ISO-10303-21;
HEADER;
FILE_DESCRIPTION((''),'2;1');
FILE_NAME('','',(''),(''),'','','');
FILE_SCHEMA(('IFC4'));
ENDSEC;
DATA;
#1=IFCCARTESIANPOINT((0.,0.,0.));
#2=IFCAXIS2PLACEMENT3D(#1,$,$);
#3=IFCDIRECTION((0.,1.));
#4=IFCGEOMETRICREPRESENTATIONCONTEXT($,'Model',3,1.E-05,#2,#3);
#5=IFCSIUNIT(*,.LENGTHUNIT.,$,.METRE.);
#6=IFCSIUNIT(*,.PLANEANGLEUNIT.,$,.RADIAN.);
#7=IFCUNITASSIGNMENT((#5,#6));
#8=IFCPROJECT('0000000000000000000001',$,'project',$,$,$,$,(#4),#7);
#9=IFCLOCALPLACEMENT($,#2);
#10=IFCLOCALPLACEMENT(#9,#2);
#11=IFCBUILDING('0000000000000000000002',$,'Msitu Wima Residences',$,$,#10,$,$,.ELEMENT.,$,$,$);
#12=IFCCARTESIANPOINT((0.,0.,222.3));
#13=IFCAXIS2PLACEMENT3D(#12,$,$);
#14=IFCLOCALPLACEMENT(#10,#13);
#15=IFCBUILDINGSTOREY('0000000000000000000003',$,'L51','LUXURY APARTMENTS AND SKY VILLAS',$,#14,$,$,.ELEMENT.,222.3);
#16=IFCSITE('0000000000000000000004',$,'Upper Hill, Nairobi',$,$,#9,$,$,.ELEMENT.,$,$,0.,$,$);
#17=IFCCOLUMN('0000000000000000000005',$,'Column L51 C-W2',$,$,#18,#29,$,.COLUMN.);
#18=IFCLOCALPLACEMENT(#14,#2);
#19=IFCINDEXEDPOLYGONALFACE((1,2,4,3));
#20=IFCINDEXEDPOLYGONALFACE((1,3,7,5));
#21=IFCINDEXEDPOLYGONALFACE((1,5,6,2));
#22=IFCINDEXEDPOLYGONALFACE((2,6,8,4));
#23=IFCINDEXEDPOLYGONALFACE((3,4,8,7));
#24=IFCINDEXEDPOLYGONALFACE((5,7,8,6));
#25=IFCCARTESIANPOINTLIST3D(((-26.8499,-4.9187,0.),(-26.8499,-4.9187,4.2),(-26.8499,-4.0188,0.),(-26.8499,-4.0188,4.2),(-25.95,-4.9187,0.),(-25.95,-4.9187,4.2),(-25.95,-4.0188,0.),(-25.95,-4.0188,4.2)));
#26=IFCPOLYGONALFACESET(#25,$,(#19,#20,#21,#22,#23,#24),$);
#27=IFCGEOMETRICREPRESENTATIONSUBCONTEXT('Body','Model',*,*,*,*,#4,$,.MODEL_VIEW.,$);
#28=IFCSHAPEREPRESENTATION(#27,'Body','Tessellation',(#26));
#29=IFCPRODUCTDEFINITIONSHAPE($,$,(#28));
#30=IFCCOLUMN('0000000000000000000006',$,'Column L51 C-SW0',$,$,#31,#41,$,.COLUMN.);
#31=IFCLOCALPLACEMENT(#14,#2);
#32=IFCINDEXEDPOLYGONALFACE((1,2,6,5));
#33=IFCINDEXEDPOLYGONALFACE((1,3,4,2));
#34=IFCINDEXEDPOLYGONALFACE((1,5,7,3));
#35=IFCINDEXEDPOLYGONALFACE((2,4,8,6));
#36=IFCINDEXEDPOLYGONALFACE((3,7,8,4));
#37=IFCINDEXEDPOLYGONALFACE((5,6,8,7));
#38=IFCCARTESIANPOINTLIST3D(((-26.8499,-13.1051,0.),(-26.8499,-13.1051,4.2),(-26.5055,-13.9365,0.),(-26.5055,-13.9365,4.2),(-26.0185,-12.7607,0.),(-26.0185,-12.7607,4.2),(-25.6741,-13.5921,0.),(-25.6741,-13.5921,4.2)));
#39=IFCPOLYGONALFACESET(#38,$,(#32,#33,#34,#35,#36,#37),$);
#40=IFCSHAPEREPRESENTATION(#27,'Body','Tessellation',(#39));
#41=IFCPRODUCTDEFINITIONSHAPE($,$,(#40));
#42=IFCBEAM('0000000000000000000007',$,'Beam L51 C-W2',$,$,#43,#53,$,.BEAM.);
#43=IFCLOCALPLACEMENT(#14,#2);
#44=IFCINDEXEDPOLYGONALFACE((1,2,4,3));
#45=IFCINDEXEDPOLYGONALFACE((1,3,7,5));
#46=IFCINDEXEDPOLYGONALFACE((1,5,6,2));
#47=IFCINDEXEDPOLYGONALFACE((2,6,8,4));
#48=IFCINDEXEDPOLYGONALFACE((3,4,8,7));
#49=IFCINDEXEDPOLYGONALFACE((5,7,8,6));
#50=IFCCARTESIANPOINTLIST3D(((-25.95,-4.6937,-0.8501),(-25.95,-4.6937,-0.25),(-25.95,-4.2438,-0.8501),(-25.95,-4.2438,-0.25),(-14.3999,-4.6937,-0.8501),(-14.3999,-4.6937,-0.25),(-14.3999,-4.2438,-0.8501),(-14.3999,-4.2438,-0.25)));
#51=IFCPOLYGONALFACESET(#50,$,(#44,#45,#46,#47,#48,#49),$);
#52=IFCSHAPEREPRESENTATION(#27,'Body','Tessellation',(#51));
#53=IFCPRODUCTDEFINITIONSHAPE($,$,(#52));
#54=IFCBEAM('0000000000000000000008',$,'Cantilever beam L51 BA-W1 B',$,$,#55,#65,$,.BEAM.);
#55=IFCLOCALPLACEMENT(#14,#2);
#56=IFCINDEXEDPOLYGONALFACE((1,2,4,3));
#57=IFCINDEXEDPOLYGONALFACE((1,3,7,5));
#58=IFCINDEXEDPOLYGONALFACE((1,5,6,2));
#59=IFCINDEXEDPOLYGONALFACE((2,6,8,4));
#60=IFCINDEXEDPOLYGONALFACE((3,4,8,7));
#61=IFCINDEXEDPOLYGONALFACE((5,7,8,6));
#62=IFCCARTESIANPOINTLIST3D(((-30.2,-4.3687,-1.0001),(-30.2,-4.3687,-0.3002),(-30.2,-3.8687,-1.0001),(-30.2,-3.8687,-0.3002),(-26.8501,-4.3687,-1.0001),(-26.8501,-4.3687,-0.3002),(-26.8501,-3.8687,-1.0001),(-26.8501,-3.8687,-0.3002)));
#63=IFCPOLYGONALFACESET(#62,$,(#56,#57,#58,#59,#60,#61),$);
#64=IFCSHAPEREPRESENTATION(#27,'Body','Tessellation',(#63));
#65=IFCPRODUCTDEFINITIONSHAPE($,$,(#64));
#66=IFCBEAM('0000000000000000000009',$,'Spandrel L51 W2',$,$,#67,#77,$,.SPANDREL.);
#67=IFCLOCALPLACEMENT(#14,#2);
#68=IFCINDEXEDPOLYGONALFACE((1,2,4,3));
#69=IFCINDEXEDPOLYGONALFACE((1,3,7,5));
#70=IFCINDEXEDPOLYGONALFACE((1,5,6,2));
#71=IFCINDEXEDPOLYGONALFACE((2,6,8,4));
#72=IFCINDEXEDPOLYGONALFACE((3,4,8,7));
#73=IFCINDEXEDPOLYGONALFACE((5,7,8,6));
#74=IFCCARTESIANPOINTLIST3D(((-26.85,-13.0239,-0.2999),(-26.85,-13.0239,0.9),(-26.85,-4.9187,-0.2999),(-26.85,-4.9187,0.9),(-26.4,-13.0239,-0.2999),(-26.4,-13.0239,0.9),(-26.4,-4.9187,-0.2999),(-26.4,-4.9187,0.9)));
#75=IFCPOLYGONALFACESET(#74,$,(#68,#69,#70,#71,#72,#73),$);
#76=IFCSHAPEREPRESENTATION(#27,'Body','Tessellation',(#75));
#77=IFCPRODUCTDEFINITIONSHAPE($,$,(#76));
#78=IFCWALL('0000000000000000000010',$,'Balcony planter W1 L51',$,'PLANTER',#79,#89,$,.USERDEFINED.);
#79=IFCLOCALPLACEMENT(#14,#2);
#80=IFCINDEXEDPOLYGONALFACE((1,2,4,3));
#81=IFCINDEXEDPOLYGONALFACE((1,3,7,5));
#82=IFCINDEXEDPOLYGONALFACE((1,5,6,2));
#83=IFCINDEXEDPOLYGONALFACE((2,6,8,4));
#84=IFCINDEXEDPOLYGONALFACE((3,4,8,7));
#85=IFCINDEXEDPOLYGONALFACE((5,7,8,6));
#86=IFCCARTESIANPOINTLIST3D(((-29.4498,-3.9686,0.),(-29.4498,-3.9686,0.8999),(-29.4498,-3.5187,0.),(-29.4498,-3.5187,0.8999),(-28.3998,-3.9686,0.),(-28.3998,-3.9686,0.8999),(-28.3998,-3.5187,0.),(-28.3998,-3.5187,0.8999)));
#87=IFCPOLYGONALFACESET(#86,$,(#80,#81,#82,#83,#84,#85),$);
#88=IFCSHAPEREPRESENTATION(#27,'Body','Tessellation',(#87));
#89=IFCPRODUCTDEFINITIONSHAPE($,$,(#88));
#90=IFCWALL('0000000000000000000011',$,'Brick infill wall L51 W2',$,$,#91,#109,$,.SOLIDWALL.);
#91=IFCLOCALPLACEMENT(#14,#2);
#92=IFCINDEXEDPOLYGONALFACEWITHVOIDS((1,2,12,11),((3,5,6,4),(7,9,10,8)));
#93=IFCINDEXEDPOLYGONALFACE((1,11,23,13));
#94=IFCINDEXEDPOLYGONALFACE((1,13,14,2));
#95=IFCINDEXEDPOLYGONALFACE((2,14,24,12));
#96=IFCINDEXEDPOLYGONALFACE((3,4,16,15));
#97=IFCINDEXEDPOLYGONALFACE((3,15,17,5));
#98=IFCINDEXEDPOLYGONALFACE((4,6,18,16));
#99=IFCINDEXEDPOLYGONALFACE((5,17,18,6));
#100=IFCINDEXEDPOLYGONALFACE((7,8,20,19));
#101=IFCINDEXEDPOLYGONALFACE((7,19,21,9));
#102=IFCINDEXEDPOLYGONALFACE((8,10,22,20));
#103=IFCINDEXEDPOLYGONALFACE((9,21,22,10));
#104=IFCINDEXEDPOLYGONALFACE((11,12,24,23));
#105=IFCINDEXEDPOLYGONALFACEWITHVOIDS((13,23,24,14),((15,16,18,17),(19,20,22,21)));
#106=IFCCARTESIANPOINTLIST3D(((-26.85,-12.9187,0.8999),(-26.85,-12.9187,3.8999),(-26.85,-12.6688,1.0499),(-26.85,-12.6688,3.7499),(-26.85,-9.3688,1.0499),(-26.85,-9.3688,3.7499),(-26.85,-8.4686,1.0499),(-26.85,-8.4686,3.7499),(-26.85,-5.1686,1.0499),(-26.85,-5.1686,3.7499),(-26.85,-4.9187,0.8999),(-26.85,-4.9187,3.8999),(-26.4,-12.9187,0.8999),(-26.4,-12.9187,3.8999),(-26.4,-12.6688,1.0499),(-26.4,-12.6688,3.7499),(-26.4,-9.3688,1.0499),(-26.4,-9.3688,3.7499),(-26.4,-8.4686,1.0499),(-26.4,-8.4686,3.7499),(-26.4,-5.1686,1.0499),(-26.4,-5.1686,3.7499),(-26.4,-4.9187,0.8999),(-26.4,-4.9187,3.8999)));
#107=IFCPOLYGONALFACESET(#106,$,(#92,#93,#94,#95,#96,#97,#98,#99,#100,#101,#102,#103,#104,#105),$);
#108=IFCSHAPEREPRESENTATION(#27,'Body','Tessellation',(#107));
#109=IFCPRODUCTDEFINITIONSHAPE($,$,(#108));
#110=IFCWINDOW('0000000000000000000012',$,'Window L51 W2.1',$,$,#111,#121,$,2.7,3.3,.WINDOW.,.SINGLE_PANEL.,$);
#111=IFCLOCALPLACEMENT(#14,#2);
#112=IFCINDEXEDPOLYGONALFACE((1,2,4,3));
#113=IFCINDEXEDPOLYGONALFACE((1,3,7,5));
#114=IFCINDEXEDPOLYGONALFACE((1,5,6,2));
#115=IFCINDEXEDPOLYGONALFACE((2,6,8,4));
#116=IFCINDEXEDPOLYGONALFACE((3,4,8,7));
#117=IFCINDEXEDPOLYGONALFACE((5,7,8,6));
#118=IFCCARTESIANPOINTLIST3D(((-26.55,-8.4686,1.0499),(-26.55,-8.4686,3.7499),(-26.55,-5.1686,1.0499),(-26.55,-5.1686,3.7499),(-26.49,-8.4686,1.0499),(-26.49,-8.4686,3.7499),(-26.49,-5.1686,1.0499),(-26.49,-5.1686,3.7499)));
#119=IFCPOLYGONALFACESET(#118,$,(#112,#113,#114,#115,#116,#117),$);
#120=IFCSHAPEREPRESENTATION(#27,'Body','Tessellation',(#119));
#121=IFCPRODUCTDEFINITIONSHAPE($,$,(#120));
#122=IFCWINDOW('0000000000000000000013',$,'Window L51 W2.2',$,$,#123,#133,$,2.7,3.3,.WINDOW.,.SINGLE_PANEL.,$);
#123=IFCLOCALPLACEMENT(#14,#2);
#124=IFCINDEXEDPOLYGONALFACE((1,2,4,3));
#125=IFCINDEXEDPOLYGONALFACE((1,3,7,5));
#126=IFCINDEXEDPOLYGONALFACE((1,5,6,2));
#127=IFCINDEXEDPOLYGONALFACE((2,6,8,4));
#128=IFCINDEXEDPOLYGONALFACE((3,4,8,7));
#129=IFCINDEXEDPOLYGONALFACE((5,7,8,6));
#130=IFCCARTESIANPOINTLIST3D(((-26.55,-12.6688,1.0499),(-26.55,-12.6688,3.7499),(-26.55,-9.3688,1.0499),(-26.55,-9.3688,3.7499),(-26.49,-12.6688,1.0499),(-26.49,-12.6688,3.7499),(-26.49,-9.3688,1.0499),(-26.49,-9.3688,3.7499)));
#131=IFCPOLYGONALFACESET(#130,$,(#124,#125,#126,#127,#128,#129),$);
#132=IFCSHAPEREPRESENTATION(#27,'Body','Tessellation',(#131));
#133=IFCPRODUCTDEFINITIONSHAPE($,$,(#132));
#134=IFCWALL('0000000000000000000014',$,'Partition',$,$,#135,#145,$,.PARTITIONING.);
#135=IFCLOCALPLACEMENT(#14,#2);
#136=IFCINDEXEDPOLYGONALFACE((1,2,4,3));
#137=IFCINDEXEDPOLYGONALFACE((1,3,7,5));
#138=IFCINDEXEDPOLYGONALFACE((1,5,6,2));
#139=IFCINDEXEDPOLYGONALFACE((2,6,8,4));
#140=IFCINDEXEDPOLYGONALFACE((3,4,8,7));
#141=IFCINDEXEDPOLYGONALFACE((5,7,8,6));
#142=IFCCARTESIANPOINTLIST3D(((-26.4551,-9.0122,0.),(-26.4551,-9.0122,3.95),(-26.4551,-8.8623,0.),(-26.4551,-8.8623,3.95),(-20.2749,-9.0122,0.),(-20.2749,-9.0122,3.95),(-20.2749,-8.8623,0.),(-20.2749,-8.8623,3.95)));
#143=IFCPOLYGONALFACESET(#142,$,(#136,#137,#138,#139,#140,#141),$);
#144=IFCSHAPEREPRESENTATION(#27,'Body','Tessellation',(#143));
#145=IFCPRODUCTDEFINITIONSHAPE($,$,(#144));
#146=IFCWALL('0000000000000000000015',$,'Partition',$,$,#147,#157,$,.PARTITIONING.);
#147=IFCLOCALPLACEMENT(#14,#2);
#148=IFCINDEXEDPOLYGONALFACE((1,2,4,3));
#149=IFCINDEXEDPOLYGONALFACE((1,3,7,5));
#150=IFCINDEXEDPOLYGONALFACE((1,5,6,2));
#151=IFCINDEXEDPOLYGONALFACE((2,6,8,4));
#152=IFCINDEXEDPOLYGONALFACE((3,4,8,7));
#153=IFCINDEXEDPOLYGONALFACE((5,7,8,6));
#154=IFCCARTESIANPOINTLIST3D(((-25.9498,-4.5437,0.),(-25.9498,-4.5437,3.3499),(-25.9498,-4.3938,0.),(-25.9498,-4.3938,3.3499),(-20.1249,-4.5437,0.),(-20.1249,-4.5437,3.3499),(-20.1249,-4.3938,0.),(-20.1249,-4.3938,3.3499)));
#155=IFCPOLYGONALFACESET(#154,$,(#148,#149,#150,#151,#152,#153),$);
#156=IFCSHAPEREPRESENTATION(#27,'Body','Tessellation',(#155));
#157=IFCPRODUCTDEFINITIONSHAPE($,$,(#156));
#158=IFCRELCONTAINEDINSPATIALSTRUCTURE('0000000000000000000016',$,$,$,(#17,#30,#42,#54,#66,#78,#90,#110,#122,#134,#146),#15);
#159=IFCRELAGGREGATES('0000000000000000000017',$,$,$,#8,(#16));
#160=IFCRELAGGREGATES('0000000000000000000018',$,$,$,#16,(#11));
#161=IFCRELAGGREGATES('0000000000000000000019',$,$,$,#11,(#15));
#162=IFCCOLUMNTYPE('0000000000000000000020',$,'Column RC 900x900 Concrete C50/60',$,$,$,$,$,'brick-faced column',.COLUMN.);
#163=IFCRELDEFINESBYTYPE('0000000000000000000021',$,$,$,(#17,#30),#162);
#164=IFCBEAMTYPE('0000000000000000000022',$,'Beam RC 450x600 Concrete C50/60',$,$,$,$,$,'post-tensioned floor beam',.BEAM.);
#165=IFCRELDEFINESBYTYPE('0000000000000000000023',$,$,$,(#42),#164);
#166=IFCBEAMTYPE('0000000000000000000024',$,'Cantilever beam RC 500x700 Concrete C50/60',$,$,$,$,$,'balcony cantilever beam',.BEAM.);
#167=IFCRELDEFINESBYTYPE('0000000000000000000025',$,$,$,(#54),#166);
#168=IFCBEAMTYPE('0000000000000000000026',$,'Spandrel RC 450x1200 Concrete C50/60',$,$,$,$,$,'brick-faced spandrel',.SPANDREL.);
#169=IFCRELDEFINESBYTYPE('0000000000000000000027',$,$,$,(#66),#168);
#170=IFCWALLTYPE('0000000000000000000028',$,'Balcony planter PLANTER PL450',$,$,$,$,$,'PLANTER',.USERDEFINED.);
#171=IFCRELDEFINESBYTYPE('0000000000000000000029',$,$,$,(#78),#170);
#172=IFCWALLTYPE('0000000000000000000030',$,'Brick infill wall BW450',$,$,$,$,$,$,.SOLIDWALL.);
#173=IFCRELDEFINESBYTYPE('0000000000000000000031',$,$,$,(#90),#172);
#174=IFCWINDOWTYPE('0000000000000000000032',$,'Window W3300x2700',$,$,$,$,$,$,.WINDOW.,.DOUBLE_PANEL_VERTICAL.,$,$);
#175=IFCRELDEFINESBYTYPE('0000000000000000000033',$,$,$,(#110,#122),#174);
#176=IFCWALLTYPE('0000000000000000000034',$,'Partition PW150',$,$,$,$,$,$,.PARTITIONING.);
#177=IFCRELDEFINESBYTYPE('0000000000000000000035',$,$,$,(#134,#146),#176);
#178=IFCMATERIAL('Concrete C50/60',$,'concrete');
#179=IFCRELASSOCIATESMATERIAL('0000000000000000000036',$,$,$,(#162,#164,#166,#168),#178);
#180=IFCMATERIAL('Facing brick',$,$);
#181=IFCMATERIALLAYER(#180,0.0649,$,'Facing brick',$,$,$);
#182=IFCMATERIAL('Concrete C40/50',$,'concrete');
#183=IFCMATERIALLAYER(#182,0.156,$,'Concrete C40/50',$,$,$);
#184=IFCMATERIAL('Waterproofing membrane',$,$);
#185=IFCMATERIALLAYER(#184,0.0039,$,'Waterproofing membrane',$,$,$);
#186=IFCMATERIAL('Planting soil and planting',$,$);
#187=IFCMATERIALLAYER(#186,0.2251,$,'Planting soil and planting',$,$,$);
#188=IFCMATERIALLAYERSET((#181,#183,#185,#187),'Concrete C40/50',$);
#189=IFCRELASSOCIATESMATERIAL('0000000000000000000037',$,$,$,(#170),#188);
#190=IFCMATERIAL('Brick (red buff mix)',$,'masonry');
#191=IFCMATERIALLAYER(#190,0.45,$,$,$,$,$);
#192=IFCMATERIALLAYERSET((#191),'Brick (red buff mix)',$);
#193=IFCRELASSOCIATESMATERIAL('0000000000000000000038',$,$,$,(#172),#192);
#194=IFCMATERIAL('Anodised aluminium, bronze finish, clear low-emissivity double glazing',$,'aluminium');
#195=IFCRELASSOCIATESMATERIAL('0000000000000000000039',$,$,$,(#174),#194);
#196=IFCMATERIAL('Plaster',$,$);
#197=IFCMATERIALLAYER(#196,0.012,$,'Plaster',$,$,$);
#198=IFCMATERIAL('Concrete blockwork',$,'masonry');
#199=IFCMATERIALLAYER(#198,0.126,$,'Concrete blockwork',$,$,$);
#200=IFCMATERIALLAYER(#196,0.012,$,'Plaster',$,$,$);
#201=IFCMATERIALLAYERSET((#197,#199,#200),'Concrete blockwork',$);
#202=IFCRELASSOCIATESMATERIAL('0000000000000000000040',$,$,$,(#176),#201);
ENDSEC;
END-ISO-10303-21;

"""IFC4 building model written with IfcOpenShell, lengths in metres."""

from ifc_helpers import new_model, si_unit, direction, frame, frame_2d, origin, origin_2d, place, context, subcontext, project, spatial, rectangle, extrude, material, layer, layer_set, material_profile, profile_set, type_object, element, fill, save


model = new_model("IFC4")

# Units and contexts
model_context = context("Model", 3, precision=1e-05, world=origin(), true_north=direction((0.0, 1.0)))
body_context = subcontext(model_context, "Body", "Model", "MODEL_VIEW")
ifc_project = project(units=[si_unit("LENGTHUNIT", "METRE"), si_unit("PLANEANGLEUNIT", "RADIAN")], contexts=[model_context])

# Site, building, storey
site_placement = place(None, origin())
site = spatial("IfcSite", under=ifc_project, at=site_placement, Name="Upper Hill, Nairobi", CompositionType="ELEMENT", RefElevation=0.0)
building_placement = place(site_placement, origin())
building = spatial("IfcBuilding", under=site, at=building_placement, Name="Msitu Wima Residences", CompositionType="ELEMENT")
storey_placement = place(building_placement, frame((0.0, 0.0, 222.3)))
storey = spatial("IfcBuildingStorey", under=building, at=storey_placement, Name="L51", Description="LUXURY APARTMENTS AND SKY VILLAS", CompositionType="ELEMENT", Elevation=222.3)

# Columns
ifc_material_1 = material(Name="Concrete C50/60", Category="concrete")
ifc_material_profile_1 = material_profile(ifc_material_1, rectangle(XDim=0.8999, YDim=0.8999, at=origin_2d()), Name="RC 900x900")
ifc_profile_set_1 = profile_set([ifc_material_profile_1], Name="Concrete C50/60")
column_type = type_object("IfcColumnType", Name="Column RC 900x900 Concrete C50/60", ElementType="brick-faced column", PredefinedType="COLUMN", material=ifc_profile_set_1)
for number, where, z_axis, x_axis, name in (
    (1, (-26.3999, -4.4688, 0.0), (0.0, 0.0, 1.0), (0.0, -1.0, 0.0), "Column L51 C-W2"),
    (2, (-26.262, -13.3486, 0.0), (0.0, 0.0, 1.0), (0.382683, -0.92388, 0.0), "Column L51 C-SW0"),
):
    element("IfcColumn", number, at=place(storey_placement, frame(where, z_axis=z_axis, x_axis=x_axis)), inside=storey, type_object=column_type, Name=name, PredefinedType="COLUMN", context=body_context, shape_type="SweptSolid", body=[
        extrude(rectangle(XDim=0.8999, YDim=0.8999, at=origin_2d()), origin(), (0.0, 0.0, 1.0), 4.2),
    ])

# Beams
ifc_material_profile_2 = material_profile(ifc_material_1, rectangle(XDim=0.45, YDim=0.6001, at=origin_2d()), Name="RC 450x600")
ifc_profile_set_2 = profile_set([ifc_material_profile_2], Name="Concrete C50/60")
beam_type_1 = type_object("IfcBeamType", Name="Beam RC 450x600 Concrete C50/60", ElementType="post-tensioned floor beam", PredefinedType="BEAM", material=ifc_profile_set_2)
beam_1_placement = place(storey_placement, frame((-25.95, -4.4688, -0.55), z_axis=(1.0, 0.0, 0.0), x_axis=(0.0, 1.0, 0.0)))
element("IfcBeam", 3, at=beam_1_placement, inside=storey, type_object=beam_type_1, Name="Beam L51 C-W2", PredefinedType="BEAM", context=body_context, shape_type="SweptSolid", body=[
    extrude(rectangle(XDim=0.45, YDim=0.6001, at=origin_2d()), origin(), (0.0, 0.0, 1.0), 11.55),
])
ifc_material_profile_3 = material_profile(ifc_material_1, rectangle(XDim=0.5, YDim=0.7, at=origin_2d()), Name="RC 500x700")
ifc_profile_set_3 = profile_set([ifc_material_profile_3], Name="Concrete C50/60")
beam_type_2 = type_object("IfcBeamType", Name="Cantilever beam RC 500x700 Concrete C50/60", ElementType="balcony cantilever beam", PredefinedType="BEAM", material=ifc_profile_set_3)
beam_2_placement = place(storey_placement, frame((-26.8501, -4.1187, -0.6501), z_axis=(-1.0, 0.0, 0.0), x_axis=(0.0, -1.0, 0.0)))
element("IfcBeam", 4, at=beam_2_placement, inside=storey, type_object=beam_type_2, Name="Cantilever beam L51 BA-W1 B", PredefinedType="BEAM", context=body_context, shape_type="SweptSolid", body=[
    extrude(rectangle(XDim=0.5, YDim=0.7, at=origin_2d()), origin(), (0.0, 0.0, 1.0), 3.3499),
])
ifc_material_profile_4 = material_profile(ifc_material_1, rectangle(XDim=0.45, YDim=1.2, at=origin_2d()), Name="RC 450x1200")
ifc_profile_set_4 = profile_set([ifc_material_profile_4], Name="Concrete C50/60")
beam_type_3 = type_object("IfcBeamType", Name="Spandrel RC 450x1200 Concrete C50/60", ElementType="brick-faced spandrel", PredefinedType="SPANDREL", material=ifc_profile_set_4)
beam_3_placement = place(storey_placement, frame((-26.625, -4.9187, 0.3), z_axis=(0.0, -1.0, 0.0), x_axis=(1.0, 0.0, 0.0)))
element("IfcBeam", 5, at=beam_3_placement, inside=storey, type_object=beam_type_3, Name="Spandrel L51 W2", PredefinedType="SPANDREL", context=body_context, shape_type="SweptSolid", body=[
    extrude(rectangle(XDim=0.45, YDim=1.2, at=origin_2d()), origin(), (0.0, 0.0, 1.0), 8.1052),
])

# Wall
ifc_material_2 = material(Name="Facing brick")
ifc_layer_1 = layer(ifc_material_2, 0.0649, Name="Facing brick")
ifc_material_3 = material(Name="Concrete C40/50", Category="concrete")
ifc_layer_2 = layer(ifc_material_3, 0.156, Name="Concrete C40/50")
ifc_material_4 = material(Name="Waterproofing membrane")
ifc_layer_3 = layer(ifc_material_4, 0.0039, Name="Waterproofing membrane")
ifc_material_5 = material(Name="Planting soil and planting")
ifc_layer_4 = layer(ifc_material_5, 0.2251, Name="Planting soil and planting")
ifc_layer_set_1 = layer_set([ifc_layer_1, ifc_layer_2, ifc_layer_3, ifc_layer_4], Name="Concrete C40/50")
wall_type_1 = type_object("IfcWallType", Name="Balcony planter PLANTER PL450", ElementType="PLANTER", PredefinedType="USERDEFINED", material=ifc_layer_set_1)
wall_1_placement = place(storey_placement, frame((-28.3999, -3.7437, 0.0), z_axis=(0.0, 0.0, 1.0), x_axis=(-1.0, 0.0, 0.0)))
element("IfcWall", 6, at=wall_1_placement, inside=storey, type_object=wall_type_1, Name="Balcony planter W1 L51", ObjectType="PLANTER", PredefinedType="USERDEFINED", context=body_context, shape_type="SweptSolid", body=[
    extrude(rectangle(XDim=1.05, YDim=0.45, at=frame_2d((0.5249, 0.0))), origin(), (0.0, 0.0, 1.0), 0.8999),
])

# Wall, openings, windows
ifc_material_6 = material(Name="Brick (red buff mix)", Category="masonry")
ifc_layer_5 = layer(ifc_material_6, 0.45)
ifc_layer_set_2 = layer_set([ifc_layer_5], Name="Brick (red buff mix)")
wall_type_2 = type_object("IfcWallType", Name="Brick infill wall BW450", PredefinedType="SOLIDWALL", material=ifc_layer_set_2)
wall_2_placement = place(storey_placement, frame((-26.625, -4.9187, 0.8999), z_axis=(0.0, 0.0, 1.0), x_axis=(0.0, -1.0, 0.0)))
wall_2 = element("IfcWall", 7, at=wall_2_placement, inside=storey, type_object=wall_type_2, Name="Brick infill wall L51 W2", PredefinedType="SOLIDWALL", context=body_context, shape_type="SweptSolid", body=[
    extrude(rectangle(XDim=8.0, YDim=0.45, at=frame_2d((4.0, 0.0))), origin(), (0.0, 0.0, 1.0), 3.0),
])
opening_1_placement = place(wall_2_placement, frame((0.25, 0.0, 0.1499)))
opening_1 = element("IfcOpeningElement", 8, at=opening_1_placement, cuts=wall_2, PredefinedType="OPENING", context=body_context, shape_type="SweptSolid", body=[
    extrude(rectangle(XDim=3.3, YDim=2.7, at=frame_2d((1.6499, 1.3501))), frame((0.0, 0.2349, 0.0), z_axis=(0.0, -1.0, 0.0), x_axis=(1.0, 0.0, 0.0)), (0.0, 0.0, 1.0), 0.47),
])
opening_2_placement = place(wall_2_placement, frame((4.4502, 0.0, 0.1499)))
opening_2 = element("IfcOpeningElement", 9, at=opening_2_placement, cuts=wall_2, PredefinedType="OPENING", context=body_context, shape_type="SweptSolid", body=[
    extrude(rectangle(XDim=3.3, YDim=2.7, at=frame_2d((1.6499, 1.3501))), frame((0.0, 0.2349, 0.0), z_axis=(0.0, -1.0, 0.0), x_axis=(1.0, 0.0, 0.0)), (0.0, 0.0, 1.0), 0.47),
])
ifc_material_7 = material(Name="Anodised aluminium, bronze finish, clear low-emissivity double glazing", Category="aluminium")
window_type = type_object("IfcWindowType", Name="Window W3300x2700", PartitioningType="DOUBLE_PANEL_VERTICAL", PredefinedType="WINDOW", material=ifc_material_7)
window_1_placement = place(opening_1_placement, origin())
window_1 = element("IfcWindow", 10, at=window_1_placement, inside=storey, type_object=window_type, Name="Window L51 W2.1", OverallHeight=2.7, OverallWidth=3.3, PartitioningType="SINGLE_PANEL", PredefinedType="WINDOW", context=body_context, shape_type="SweptSolid", body=[
    extrude(rectangle(XDim=3.3, YDim=2.7, at=frame_2d((1.6499, 1.3501))), frame((0.0, 0.135, 0.0), z_axis=(0.0, -1.0, 0.0), x_axis=(1.0, 0.0, 0.0)), (0.0, 0.0, 1.0), 0.0601),
])
fill(opening_1, window_1)
window_2_placement = place(opening_2_placement, origin())
window_2 = element("IfcWindow", 11, at=window_2_placement, inside=storey, type_object=window_type, Name="Window L51 W2.2", OverallHeight=2.7, OverallWidth=3.3, PartitioningType="SINGLE_PANEL", PredefinedType="WINDOW", context=body_context, shape_type="SweptSolid", body=[
    extrude(rectangle(XDim=3.3, YDim=2.7, at=frame_2d((1.6499, 1.3501))), frame((0.0, 0.135, 0.0), z_axis=(0.0, -1.0, 0.0), x_axis=(1.0, 0.0, 0.0)), (0.0, 0.0, 1.0), 0.0601),
])
fill(opening_2, window_2)

# Walls
ifc_material_8 = material(Name="Plaster")
ifc_layer_6 = layer(ifc_material_8, 0.012, Name="Plaster")
ifc_material_9 = material(Name="Concrete blockwork", Category="masonry")
ifc_layer_7 = layer(ifc_material_9, 0.126, Name="Concrete blockwork")
ifc_layer_8 = layer(ifc_material_8, 0.012, Name="Plaster")
ifc_layer_set_3 = layer_set([ifc_layer_6, ifc_layer_7, ifc_layer_8], Name="Concrete blockwork")
wall_type_3 = type_object("IfcWallType", Name="Partition PW150", PredefinedType="PARTITIONING", material=ifc_layer_set_3)
wall_3_placement = place(storey_placement, frame((-26.4551, -8.9373, 0.0), z_axis=(0.0, 0.0, 1.0), x_axis=(1.0, 0.0, 0.0)))
element("IfcWall", 12, at=wall_3_placement, inside=storey, type_object=wall_type_3, Name="Partition", PredefinedType="PARTITIONING", context=body_context, shape_type="SweptSolid", body=[
    extrude(rectangle(XDim=6.1802, YDim=0.1499, at=frame_2d((3.0901, 0.0))), origin(), (0.0, 0.0, 1.0), 3.95),
])
wall_4_placement = place(storey_placement, frame((-25.95, -4.4688, 0.0), z_axis=(0.0, 0.0, 1.0), x_axis=(1.0, 0.0, 0.0)))
element("IfcWall", 13, at=wall_4_placement, inside=storey, type_object=wall_type_3, Name="Partition", PredefinedType="PARTITIONING", context=body_context, shape_type="SweptSolid", body=[
    extrude(rectangle(XDim=5.825, YDim=0.1499, at=frame_2d((2.9126, 0.0))), origin(), (0.0, 0.0, 1.0), 3.3499),
])

save(model, "model.ifc")
